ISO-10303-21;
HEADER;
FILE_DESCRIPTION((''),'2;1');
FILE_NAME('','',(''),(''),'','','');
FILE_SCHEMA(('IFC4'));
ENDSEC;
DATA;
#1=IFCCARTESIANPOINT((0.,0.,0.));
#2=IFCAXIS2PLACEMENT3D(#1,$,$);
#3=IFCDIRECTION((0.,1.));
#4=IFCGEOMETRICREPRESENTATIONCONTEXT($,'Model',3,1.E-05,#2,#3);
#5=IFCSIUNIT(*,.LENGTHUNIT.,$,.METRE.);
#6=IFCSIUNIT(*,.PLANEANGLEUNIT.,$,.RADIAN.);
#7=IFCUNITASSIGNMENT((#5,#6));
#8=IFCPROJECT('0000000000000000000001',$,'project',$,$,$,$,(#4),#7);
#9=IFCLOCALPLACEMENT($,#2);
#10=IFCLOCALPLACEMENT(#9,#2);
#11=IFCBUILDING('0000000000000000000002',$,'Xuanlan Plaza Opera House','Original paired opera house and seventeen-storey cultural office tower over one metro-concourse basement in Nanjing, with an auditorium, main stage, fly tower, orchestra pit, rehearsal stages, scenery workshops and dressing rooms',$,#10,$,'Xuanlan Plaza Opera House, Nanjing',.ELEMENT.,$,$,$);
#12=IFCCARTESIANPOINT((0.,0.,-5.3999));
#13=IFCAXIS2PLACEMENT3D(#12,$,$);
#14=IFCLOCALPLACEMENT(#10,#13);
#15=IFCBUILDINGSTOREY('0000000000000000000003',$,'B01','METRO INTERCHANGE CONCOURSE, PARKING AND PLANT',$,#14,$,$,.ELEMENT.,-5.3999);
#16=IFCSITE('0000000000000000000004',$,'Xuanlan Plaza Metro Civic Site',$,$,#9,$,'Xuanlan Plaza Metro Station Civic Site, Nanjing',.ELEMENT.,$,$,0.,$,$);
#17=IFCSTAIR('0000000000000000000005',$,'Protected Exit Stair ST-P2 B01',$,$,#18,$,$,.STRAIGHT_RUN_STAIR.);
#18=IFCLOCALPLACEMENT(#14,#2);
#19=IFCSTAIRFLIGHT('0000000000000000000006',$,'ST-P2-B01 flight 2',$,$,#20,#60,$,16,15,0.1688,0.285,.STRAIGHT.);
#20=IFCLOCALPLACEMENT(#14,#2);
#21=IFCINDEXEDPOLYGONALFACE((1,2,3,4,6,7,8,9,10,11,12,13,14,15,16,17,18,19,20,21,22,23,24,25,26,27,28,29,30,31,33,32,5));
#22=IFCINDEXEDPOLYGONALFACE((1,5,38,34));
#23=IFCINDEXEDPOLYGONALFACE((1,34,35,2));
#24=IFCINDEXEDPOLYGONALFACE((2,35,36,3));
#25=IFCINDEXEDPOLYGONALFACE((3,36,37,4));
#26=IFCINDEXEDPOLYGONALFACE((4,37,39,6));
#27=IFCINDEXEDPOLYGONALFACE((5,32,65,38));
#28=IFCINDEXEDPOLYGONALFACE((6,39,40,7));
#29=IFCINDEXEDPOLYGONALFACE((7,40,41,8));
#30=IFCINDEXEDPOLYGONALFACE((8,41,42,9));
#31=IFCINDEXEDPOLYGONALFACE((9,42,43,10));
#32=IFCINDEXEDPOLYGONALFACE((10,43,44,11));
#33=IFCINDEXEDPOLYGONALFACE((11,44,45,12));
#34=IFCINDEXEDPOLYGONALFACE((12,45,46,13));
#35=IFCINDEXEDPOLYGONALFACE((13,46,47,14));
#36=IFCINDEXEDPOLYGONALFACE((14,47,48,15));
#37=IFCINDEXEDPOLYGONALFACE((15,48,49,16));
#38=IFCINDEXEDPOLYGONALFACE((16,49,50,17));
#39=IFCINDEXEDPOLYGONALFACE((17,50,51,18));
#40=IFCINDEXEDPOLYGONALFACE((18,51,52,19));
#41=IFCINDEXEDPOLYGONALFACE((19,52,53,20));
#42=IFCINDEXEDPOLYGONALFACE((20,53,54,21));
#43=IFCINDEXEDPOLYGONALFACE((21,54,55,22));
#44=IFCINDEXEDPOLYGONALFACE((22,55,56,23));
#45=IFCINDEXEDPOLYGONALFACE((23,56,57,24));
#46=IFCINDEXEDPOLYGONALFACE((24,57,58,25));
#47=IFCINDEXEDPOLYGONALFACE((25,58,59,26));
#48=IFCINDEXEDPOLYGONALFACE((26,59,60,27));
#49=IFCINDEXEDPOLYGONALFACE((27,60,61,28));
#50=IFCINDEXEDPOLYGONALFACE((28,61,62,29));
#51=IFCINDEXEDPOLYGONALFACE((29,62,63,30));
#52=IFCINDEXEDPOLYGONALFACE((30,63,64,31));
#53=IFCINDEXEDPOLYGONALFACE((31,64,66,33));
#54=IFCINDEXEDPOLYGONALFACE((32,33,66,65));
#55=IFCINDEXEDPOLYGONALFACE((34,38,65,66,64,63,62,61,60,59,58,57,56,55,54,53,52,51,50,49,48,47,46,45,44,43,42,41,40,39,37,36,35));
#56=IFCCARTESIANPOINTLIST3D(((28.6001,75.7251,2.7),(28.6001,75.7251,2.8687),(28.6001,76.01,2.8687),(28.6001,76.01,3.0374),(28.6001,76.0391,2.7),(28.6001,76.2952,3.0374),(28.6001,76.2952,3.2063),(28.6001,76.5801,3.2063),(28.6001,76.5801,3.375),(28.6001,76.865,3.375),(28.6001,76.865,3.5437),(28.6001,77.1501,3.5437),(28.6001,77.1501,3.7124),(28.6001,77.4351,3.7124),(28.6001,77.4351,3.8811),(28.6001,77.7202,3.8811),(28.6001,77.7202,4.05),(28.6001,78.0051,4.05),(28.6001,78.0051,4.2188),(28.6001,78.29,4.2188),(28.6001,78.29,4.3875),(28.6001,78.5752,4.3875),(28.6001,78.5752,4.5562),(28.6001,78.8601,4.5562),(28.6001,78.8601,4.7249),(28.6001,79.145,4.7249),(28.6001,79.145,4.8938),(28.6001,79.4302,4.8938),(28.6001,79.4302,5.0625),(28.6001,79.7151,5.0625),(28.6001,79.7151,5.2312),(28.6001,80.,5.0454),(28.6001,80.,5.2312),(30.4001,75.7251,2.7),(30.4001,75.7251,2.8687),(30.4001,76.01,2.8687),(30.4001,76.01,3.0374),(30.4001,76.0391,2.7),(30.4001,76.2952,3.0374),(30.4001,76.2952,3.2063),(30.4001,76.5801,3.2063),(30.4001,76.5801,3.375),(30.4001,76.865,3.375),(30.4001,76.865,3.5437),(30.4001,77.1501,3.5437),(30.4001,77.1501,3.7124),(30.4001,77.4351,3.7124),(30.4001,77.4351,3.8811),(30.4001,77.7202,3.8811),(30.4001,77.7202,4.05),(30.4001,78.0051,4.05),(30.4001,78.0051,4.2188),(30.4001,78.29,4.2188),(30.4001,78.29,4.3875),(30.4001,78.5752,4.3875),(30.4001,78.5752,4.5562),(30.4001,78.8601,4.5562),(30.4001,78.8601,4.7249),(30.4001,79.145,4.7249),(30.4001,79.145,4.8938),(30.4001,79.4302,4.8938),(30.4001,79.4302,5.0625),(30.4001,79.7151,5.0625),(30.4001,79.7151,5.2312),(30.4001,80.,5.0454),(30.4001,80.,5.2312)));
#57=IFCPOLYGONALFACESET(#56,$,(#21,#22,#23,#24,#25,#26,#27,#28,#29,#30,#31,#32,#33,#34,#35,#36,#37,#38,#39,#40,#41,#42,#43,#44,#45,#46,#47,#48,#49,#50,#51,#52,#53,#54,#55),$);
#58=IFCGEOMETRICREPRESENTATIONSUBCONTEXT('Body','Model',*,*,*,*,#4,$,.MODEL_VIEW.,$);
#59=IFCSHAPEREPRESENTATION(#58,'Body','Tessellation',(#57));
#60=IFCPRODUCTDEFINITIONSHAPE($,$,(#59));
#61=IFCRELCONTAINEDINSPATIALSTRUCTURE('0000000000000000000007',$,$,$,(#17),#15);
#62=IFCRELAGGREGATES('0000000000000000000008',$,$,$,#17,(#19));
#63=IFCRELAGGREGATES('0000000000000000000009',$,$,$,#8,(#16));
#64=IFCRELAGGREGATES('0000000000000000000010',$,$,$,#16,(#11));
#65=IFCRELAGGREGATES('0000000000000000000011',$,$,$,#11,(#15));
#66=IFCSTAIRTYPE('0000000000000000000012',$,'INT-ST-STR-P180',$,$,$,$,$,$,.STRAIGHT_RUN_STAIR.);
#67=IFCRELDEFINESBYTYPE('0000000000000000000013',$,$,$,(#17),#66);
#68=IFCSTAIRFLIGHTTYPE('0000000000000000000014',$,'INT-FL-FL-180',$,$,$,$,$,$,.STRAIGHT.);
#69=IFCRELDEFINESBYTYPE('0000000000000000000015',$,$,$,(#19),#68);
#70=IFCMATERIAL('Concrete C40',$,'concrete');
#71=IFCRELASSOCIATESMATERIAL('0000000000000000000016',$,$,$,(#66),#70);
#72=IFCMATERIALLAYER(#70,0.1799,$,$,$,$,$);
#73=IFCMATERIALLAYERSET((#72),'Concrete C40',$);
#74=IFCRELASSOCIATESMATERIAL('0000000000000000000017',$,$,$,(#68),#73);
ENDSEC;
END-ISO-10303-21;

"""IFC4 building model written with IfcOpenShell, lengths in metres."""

from ifc_helpers import new_model, si_unit, direction, frame, origin, place, context, subcontext, project, spatial, polyline, outline, extrude, material, layer, layer_set, type_object, element, aggregate, save


model = new_model("IFC4")

# Units and contexts
model_context = context("Model", 3, precision=1e-05, world=origin(), true_north=direction((0.0, 1.0)))
body_context = subcontext(model_context, "Body", "Model", "MODEL_VIEW")
ifc_project = project(units=[si_unit("LENGTHUNIT", "METRE"), si_unit("PLANEANGLEUNIT", "RADIAN")], contexts=[model_context])

# Site, building, storey
site_placement = place(None, origin())
site = spatial("IfcSite", under=ifc_project, at=site_placement, Name="Xuanlan Plaza Metro Civic Site", LongName="Xuanlan Plaza Metro Station Civic Site, Nanjing", CompositionType="ELEMENT", RefElevation=0.0)
building_placement = place(site_placement, origin())
building = spatial("IfcBuilding", under=site, at=building_placement, Name="Xuanlan Plaza Opera House", Description="Original paired opera house and seventeen-storey cultural office tower over one metro-concourse basement in Nanjing, with an auditorium, main stage, fly tower, orchestra pit, rehearsal stages, scenery workshops and dressing rooms", LongName="Xuanlan Plaza Opera House, Nanjing", CompositionType="ELEMENT")
storey_placement = place(building_placement, frame((0.0, 0.0, -5.3999)))
storey = spatial("IfcBuildingStorey", under=building, at=storey_placement, Name="B01", Description="METRO INTERCHANGE CONCOURSE, PARKING AND PLANT", CompositionType="ELEMENT", Elevation=-5.3999)

# Shared definitions
ifc_material_1 = material(Name="Concrete C40", Category="concrete")

# Stair, stair flight
stair_type = type_object("IfcStairType", Name="INT-ST-STR-P180", PredefinedType="STRAIGHT_RUN_STAIR", material=ifc_material_1)
stair_placement = place(storey_placement, origin())
stair = element("IfcStair", 1, at=stair_placement, inside=storey, type_object=stair_type, Name="Protected Exit Stair ST-P2 B01", PredefinedType="STRAIGHT_RUN_STAIR")
ifc_layer_1 = layer(ifc_material_1, 0.1799)
ifc_layer_set_1 = layer_set([ifc_layer_1], Name="Concrete C40")
stair_flight_type = type_object("IfcStairFlightType", Name="INT-FL-FL-180", PredefinedType="STRAIGHT", material=ifc_layer_set_1)
stair_flight_1_placement = place(storey_placement, frame((29.5, 75.7251, 2.7), z_axis=(0.0, 0.0, 1.0), x_axis=(0.0, 1.0, 0.0)))
stair_flight_1 = element("IfcStairFlight", 2, at=stair_flight_1_placement, type_object=stair_flight_type, Name="ST-P2-B01 flight 2", NumberOfRisers=16, NumberOfTreads=15, PredefinedType="STRAIGHT", RiserHeight=0.1688, TreadLength=0.285, context=body_context, shape_type="SweptSolid", body=[
    extrude(outline(polyline([(0.0, 0.0), (0.0, 0.1687), (0.2849, 0.1687), (0.2849, 0.3374), (0.5701, 0.3374), (0.5701, 0.5063), (0.855, 0.5063), (0.855, 0.675), (1.1399, 0.675), (1.1399, 0.8438), (1.425, 0.8438), (1.425, 1.0125), (1.71, 1.0125), (1.71, 1.1812), (1.9951, 1.1812), (1.9951, 1.3501), (2.28, 1.3501), (2.28, 1.5188), (2.5649, 1.5188), (2.5649, 1.6875), (2.8501, 1.6875), (2.8501, 1.8562), (3.135, 1.8562), (3.135, 2.0249), (3.4199, 2.0249), (3.4199, 2.1938), (3.7051, 2.1938), (3.7051, 2.3625), (3.99, 2.3625), (3.99, 2.5312), (4.2749, 2.5312), (4.2749, 2.7), (4.2749, 2.3455), (0.314, 0.0), (0.0, 0.0)])), frame((0.0, 0.8999, 0.0), z_axis=(0.0, -1.0, 0.0), x_axis=(1.0, 0.0, 0.0)), (0.0, 0.0, 1.0), 1.8),
])
aggregate(stair, [stair_flight_1])

save(model, "model.ifc")
